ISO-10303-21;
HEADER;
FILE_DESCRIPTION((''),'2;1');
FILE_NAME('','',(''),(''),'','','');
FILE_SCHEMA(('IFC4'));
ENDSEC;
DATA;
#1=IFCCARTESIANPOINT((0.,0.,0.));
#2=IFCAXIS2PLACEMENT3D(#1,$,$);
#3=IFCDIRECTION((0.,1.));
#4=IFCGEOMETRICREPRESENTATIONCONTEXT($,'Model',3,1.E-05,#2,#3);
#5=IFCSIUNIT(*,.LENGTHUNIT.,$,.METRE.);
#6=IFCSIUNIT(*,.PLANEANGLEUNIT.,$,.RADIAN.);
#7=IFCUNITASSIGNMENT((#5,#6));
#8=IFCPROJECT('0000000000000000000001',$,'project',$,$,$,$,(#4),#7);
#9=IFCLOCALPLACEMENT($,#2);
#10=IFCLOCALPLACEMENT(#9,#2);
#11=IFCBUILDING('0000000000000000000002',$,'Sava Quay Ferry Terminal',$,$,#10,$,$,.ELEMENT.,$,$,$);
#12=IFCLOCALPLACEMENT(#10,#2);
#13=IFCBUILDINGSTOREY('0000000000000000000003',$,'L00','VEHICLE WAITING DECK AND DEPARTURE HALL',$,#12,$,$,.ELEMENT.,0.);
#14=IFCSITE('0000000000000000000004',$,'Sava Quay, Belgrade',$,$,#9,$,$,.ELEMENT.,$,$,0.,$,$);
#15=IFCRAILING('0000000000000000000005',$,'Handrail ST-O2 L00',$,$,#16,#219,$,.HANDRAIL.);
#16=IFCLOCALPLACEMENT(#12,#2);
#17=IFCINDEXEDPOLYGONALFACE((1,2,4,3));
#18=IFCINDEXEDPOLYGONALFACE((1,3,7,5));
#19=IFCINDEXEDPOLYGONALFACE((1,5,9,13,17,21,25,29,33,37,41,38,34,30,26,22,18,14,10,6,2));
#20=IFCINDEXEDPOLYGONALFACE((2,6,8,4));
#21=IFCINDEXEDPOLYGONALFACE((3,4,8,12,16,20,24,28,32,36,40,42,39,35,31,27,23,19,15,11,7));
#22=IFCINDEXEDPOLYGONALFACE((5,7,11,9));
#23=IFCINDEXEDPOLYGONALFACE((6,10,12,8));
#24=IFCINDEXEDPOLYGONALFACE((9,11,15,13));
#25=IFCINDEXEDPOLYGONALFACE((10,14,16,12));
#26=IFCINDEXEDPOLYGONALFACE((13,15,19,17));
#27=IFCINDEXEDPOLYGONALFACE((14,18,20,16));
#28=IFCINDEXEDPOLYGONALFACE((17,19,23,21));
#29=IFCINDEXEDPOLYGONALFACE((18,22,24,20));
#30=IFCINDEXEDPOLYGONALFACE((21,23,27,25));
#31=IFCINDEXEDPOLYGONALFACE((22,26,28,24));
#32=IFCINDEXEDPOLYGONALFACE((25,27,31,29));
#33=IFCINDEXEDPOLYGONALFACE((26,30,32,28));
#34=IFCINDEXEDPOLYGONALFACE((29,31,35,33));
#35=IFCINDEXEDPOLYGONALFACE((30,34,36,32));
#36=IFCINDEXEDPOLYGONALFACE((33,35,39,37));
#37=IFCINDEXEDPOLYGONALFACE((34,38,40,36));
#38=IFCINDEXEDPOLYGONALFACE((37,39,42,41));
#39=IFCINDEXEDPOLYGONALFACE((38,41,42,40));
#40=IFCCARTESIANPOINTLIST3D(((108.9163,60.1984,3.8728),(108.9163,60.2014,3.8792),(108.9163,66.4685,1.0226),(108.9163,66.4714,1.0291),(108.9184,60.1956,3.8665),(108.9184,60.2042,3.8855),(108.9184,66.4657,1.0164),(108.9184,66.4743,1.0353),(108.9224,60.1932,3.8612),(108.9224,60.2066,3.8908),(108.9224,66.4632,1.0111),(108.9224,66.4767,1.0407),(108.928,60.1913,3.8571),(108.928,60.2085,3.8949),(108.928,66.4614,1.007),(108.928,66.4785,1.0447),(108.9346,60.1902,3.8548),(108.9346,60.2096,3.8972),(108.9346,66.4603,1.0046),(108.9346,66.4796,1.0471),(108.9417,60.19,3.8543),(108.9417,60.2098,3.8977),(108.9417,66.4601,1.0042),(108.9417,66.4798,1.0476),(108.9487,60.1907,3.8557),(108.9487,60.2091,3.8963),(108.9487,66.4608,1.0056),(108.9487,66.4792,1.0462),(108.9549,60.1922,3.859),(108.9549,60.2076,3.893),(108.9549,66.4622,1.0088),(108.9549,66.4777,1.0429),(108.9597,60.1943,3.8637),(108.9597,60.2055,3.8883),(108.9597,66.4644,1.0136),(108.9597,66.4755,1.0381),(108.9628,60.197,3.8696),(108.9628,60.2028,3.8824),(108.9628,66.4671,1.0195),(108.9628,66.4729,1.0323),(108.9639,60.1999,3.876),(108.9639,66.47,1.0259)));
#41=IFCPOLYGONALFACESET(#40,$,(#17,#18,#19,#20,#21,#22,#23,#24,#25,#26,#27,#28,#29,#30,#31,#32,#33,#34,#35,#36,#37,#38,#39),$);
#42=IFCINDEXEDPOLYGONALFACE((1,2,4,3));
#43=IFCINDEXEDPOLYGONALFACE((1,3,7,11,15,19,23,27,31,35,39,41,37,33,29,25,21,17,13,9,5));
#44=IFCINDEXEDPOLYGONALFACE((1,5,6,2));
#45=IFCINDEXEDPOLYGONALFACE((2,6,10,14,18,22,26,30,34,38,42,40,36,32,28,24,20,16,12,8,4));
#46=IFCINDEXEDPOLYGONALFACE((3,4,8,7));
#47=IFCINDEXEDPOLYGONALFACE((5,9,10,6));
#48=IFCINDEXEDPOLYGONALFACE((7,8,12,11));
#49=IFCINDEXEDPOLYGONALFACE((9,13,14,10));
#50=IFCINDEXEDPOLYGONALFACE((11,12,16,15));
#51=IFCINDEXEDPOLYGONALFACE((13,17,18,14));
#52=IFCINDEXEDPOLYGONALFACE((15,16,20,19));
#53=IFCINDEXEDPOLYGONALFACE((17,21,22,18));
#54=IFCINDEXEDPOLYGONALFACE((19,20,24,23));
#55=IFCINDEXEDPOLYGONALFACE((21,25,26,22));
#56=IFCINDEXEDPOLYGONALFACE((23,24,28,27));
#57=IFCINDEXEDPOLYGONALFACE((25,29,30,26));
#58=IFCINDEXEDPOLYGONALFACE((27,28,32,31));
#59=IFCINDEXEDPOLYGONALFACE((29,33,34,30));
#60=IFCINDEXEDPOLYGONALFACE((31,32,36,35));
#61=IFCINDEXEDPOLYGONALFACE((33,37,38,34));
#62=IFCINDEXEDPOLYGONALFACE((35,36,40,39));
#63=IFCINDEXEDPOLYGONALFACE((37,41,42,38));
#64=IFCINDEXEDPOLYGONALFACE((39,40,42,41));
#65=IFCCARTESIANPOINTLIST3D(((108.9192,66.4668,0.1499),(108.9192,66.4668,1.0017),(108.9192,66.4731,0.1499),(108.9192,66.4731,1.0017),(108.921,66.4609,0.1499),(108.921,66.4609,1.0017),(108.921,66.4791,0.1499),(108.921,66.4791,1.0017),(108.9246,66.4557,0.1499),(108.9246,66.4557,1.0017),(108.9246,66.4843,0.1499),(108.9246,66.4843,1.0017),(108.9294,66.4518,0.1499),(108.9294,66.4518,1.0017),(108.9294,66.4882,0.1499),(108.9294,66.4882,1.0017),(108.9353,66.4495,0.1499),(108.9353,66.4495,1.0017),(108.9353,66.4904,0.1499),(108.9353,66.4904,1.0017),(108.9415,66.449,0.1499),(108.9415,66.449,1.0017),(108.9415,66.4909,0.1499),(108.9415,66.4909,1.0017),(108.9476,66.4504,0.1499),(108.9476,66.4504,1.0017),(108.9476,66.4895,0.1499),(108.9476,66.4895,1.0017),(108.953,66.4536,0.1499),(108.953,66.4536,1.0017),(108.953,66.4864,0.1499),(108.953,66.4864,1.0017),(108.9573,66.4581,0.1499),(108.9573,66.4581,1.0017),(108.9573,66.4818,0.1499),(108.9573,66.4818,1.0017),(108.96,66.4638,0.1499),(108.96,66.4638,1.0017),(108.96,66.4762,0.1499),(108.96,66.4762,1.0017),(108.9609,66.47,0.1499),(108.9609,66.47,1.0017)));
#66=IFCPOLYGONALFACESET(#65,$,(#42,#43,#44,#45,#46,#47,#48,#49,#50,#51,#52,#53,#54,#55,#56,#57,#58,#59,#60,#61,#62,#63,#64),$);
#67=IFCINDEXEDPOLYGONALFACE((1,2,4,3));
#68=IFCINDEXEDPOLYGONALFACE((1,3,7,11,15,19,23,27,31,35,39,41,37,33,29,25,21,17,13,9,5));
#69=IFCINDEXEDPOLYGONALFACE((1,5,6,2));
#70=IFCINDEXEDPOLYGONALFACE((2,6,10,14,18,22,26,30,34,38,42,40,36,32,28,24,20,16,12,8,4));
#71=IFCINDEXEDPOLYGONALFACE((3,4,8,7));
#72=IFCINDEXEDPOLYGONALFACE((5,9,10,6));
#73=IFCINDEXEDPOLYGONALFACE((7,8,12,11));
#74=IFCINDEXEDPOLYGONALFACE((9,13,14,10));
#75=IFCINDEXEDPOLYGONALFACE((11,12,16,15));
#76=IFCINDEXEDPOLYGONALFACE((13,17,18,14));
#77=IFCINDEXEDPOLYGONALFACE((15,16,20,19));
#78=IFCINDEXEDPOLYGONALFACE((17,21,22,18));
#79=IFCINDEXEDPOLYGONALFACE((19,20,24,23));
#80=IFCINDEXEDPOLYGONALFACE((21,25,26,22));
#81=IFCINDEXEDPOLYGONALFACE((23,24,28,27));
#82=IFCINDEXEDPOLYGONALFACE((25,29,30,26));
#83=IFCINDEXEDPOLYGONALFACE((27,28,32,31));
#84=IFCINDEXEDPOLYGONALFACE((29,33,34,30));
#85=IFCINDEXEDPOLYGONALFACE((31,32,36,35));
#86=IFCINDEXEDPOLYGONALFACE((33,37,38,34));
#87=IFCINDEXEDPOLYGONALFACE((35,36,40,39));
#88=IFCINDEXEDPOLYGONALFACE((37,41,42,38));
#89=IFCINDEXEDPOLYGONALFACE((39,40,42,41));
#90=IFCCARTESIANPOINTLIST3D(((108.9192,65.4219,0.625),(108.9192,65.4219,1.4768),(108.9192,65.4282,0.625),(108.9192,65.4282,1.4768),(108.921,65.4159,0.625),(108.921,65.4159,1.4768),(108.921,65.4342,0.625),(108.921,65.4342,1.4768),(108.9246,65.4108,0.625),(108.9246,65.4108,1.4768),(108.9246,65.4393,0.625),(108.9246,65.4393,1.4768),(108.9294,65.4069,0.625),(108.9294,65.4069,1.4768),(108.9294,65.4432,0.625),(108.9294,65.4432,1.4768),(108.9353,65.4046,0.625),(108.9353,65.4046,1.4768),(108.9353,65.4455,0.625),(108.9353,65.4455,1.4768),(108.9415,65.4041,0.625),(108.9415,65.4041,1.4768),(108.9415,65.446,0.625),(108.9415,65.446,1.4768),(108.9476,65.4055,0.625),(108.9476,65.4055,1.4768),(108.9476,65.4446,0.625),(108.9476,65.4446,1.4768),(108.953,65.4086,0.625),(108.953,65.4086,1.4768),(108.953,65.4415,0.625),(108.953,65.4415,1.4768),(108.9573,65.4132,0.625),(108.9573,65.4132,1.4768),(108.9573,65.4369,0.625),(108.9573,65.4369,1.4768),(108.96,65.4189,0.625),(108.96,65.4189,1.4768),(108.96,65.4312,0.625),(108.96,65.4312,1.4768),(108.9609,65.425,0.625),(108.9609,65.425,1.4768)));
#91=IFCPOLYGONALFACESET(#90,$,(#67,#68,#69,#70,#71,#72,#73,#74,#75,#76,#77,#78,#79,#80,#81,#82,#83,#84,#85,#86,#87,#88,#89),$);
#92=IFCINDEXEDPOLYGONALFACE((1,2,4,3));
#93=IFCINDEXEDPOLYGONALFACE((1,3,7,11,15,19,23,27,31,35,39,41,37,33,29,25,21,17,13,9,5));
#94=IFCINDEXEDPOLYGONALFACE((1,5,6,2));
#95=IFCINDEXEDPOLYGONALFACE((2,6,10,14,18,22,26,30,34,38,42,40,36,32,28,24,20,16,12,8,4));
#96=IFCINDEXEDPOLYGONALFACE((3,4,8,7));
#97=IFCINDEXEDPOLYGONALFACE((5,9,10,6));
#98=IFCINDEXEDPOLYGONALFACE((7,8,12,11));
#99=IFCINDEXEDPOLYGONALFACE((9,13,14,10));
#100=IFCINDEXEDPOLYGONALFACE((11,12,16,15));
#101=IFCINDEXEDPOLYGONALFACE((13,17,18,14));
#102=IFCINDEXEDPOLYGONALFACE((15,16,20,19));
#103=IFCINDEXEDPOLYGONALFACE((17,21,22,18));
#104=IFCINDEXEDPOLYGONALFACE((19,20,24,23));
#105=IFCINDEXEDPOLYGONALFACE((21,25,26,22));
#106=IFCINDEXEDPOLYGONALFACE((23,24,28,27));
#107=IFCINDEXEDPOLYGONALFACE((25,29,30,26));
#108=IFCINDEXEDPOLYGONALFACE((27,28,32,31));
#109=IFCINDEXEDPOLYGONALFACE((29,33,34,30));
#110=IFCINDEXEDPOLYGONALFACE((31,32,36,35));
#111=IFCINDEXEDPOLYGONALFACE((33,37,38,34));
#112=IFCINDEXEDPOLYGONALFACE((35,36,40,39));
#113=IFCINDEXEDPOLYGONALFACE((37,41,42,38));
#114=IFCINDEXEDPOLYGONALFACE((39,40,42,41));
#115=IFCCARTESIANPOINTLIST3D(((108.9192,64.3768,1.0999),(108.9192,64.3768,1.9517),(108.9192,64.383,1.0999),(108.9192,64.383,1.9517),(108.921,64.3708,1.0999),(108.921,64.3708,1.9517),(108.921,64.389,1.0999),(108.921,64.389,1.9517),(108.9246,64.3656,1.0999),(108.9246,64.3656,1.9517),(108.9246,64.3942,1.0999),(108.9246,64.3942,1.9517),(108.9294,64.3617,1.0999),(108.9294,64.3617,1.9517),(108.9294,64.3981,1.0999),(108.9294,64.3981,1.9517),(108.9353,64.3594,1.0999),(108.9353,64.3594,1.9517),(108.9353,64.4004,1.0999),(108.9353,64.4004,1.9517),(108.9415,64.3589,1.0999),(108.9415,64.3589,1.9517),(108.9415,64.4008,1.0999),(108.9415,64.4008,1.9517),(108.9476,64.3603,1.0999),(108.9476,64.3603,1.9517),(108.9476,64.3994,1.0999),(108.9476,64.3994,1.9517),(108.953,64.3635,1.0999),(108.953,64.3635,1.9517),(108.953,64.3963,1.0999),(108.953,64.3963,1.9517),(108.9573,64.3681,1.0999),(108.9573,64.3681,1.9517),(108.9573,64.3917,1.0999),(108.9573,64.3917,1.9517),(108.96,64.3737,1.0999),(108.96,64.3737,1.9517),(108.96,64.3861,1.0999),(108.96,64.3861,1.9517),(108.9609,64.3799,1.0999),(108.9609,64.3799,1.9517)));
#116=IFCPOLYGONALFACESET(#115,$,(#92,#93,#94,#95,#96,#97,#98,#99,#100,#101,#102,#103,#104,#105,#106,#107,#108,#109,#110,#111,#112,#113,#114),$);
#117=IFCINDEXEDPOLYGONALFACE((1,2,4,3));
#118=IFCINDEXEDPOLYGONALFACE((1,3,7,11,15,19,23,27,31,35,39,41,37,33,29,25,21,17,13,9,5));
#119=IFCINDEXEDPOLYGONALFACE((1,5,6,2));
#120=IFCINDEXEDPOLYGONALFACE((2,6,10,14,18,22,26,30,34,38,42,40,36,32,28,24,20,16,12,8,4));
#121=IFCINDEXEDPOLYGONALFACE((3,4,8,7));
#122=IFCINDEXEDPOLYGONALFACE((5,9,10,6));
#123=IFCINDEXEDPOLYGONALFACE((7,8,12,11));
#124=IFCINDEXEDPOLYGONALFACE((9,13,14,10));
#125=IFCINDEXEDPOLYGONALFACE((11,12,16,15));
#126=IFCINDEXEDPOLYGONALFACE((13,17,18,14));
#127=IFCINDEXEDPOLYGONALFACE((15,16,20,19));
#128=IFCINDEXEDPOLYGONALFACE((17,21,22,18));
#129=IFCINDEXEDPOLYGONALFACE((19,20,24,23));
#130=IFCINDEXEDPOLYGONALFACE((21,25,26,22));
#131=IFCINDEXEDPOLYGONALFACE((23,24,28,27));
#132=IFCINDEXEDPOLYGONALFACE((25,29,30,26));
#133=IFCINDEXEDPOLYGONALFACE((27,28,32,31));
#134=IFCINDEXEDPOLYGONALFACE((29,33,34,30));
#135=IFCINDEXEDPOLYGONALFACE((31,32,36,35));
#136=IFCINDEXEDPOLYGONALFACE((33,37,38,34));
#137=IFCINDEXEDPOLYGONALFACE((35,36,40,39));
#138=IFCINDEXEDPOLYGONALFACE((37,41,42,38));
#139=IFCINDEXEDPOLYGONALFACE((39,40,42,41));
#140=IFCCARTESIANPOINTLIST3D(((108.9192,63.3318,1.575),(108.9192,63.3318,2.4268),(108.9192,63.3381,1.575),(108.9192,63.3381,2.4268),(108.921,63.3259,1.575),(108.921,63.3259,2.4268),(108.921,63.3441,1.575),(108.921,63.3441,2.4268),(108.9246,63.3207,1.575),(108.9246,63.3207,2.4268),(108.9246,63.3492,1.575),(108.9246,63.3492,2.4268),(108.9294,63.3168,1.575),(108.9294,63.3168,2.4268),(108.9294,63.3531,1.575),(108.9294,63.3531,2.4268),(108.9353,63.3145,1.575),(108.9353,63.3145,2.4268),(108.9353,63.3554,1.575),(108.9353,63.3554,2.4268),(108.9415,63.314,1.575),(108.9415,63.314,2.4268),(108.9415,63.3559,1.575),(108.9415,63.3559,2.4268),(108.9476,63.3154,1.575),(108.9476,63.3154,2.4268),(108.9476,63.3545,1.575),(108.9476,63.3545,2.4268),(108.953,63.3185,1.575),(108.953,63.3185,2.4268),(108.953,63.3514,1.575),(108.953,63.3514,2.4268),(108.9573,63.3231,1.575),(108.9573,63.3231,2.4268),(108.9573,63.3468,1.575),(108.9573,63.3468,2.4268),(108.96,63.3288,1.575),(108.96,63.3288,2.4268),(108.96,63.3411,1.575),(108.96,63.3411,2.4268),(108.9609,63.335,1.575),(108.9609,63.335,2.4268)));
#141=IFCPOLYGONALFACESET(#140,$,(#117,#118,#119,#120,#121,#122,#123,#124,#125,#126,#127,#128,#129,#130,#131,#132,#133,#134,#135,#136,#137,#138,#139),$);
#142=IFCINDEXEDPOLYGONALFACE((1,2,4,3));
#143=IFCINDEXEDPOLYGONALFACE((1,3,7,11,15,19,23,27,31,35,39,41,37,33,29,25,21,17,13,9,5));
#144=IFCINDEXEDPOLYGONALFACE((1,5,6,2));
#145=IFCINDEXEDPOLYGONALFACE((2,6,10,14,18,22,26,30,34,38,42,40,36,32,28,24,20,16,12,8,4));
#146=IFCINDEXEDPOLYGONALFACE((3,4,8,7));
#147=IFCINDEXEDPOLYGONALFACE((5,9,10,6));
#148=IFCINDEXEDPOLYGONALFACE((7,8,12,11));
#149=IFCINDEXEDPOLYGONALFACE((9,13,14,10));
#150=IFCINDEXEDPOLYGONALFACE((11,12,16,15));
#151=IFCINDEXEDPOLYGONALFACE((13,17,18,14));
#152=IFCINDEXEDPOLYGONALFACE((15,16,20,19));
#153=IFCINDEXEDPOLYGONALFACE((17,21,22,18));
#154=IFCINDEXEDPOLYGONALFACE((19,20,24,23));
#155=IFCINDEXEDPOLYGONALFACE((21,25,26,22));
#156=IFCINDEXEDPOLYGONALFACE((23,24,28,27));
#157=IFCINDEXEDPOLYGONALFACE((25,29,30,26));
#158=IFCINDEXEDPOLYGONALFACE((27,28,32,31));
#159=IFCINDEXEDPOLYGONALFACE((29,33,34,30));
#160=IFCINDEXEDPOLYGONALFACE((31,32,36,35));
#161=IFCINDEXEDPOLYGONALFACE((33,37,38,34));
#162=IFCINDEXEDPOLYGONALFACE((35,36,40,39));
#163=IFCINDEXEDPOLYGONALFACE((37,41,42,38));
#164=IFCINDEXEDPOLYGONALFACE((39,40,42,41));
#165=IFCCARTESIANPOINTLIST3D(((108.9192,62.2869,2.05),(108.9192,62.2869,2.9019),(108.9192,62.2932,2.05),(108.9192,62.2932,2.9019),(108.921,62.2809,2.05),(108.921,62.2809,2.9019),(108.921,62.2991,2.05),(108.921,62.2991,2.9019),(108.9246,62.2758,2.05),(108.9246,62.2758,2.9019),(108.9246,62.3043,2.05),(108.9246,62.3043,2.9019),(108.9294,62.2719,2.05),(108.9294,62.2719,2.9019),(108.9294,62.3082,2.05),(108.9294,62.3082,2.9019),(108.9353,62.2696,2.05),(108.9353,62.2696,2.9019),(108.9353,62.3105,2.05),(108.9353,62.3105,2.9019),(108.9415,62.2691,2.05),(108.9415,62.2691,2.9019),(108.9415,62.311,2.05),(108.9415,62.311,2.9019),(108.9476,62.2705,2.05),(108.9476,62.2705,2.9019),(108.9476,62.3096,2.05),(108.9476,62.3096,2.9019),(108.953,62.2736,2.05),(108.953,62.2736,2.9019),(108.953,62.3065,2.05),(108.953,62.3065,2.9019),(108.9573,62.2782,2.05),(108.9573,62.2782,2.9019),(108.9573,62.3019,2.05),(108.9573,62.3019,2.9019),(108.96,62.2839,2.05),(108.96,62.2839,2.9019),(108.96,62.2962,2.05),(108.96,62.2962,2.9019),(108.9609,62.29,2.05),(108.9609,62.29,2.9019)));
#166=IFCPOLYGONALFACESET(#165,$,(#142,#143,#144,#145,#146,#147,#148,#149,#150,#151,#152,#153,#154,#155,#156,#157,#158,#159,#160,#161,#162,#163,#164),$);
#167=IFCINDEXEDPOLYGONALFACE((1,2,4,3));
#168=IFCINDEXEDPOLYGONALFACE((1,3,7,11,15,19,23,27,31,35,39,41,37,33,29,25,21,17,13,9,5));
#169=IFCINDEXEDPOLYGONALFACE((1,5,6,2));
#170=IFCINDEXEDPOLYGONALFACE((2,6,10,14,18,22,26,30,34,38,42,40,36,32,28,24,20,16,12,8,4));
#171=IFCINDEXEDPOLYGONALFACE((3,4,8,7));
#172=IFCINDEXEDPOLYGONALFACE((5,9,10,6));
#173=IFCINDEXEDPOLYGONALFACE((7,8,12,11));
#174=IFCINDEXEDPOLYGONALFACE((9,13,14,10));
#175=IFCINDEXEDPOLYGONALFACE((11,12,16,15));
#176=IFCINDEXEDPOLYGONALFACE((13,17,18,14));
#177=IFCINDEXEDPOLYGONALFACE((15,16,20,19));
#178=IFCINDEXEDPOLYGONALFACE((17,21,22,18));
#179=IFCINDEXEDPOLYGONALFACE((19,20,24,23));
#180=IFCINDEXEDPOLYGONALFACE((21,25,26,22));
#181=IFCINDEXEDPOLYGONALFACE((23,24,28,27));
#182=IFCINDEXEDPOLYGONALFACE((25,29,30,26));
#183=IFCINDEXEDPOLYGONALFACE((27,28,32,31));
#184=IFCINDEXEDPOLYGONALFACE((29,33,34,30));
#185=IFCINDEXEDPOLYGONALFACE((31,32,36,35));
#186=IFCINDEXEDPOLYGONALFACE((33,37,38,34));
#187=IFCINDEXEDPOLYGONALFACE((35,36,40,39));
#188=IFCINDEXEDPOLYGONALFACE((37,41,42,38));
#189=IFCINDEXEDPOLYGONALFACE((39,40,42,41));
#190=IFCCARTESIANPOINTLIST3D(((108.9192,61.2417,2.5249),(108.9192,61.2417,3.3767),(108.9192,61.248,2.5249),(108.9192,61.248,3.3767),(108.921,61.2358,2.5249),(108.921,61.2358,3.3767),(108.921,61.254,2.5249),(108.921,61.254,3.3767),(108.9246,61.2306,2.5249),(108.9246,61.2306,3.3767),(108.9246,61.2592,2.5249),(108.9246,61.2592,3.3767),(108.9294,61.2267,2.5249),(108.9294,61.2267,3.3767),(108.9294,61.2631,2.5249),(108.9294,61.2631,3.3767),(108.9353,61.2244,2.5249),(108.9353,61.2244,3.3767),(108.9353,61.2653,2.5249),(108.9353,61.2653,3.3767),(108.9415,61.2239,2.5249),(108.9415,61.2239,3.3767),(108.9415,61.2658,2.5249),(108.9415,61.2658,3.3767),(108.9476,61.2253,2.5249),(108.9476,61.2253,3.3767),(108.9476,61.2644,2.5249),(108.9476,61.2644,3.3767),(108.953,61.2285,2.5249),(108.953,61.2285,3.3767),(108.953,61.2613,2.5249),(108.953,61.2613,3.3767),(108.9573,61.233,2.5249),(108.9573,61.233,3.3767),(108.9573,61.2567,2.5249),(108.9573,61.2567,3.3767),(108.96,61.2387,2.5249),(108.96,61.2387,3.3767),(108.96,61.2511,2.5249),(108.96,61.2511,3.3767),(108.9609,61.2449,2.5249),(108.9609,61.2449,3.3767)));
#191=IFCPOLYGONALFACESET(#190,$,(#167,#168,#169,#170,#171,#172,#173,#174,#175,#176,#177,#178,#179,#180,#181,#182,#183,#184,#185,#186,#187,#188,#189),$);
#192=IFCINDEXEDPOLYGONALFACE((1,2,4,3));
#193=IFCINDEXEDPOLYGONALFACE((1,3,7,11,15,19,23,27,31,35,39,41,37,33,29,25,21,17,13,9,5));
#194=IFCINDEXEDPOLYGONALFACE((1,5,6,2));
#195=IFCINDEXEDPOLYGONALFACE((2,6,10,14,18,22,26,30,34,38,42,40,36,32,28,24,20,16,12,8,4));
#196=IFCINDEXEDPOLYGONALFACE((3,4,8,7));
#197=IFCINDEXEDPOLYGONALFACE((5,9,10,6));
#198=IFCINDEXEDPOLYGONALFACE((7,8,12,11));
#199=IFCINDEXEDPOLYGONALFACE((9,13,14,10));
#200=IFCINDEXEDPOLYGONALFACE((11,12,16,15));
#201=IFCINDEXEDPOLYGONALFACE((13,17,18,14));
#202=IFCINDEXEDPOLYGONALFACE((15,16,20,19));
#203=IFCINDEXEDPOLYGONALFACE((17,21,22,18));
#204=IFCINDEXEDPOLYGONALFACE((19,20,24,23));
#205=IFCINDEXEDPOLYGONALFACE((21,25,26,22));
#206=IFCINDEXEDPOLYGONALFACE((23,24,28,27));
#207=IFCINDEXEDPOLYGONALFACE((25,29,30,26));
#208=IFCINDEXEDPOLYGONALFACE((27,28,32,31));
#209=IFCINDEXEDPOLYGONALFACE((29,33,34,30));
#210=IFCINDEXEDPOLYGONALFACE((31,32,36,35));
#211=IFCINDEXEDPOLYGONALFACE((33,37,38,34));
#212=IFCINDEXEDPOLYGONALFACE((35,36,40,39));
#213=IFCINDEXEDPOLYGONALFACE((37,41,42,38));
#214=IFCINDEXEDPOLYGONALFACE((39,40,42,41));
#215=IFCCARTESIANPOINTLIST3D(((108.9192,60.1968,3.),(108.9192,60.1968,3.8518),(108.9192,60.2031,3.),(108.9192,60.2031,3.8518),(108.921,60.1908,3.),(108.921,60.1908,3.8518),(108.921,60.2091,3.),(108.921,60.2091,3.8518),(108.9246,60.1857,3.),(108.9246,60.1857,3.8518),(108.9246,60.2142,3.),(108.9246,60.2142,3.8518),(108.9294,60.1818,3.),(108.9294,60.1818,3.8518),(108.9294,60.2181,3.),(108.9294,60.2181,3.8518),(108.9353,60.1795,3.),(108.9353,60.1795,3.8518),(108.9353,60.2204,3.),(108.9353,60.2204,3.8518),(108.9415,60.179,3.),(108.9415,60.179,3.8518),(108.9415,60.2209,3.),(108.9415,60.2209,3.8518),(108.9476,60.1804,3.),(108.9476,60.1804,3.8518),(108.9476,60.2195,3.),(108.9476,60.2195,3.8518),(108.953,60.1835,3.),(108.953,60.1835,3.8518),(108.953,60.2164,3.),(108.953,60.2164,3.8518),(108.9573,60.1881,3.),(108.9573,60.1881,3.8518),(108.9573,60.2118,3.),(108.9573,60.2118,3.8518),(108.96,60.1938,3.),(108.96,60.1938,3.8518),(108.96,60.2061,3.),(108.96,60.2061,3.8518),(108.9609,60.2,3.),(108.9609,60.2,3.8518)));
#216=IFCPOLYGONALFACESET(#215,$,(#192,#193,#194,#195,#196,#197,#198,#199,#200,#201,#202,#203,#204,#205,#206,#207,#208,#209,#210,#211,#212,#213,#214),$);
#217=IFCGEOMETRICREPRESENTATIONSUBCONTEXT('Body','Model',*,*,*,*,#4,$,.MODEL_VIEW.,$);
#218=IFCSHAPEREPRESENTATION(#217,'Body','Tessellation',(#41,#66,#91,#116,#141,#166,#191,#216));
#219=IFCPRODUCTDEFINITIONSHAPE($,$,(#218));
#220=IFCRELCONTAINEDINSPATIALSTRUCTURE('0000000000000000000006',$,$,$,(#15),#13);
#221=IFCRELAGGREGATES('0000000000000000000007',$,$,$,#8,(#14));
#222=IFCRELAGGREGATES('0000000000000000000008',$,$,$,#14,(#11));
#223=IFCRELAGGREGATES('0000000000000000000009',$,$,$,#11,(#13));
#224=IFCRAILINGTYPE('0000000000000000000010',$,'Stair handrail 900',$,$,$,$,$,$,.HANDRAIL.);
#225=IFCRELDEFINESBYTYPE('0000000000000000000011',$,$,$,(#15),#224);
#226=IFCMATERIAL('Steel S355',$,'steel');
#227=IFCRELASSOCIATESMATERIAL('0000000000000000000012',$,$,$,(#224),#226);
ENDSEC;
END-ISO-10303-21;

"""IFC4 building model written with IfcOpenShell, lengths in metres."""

from ifc_helpers import new_model, si_unit, direction, frame, origin, origin_2d, place, context, subcontext, project, spatial, circle, extrude, material, type_object, element, save


model = new_model("IFC4")

# Units and contexts
model_context = context("Model", 3, precision=1e-05, world=origin(), true_north=direction((0.0, 1.0)))
body_context = subcontext(model_context, "Body", "Model", "MODEL_VIEW")
ifc_project = project(units=[si_unit("LENGTHUNIT", "METRE"), si_unit("PLANEANGLEUNIT", "RADIAN")], contexts=[model_context])

# Site, building, storey
site_placement = place(None, origin())
site = spatial("IfcSite", under=ifc_project, at=site_placement, Name="Sava Quay, Belgrade", CompositionType="ELEMENT", RefElevation=0.0)
building_placement = place(site_placement, origin())
building = spatial("IfcBuilding", under=site, at=building_placement, Name="Sava Quay Ferry Terminal", CompositionType="ELEMENT")
storey_placement = place(building_placement, origin())
storey = spatial("IfcBuildingStorey", under=building, at=storey_placement, Name="L00", Description="VEHICLE WAITING DECK AND DEPARTURE HALL", CompositionType="ELEMENT", Elevation=0.0)

# Railing
ifc_material_1 = material(Name="Steel S355", Category="steel")
railing_type = type_object("IfcRailingType", Name="Stair handrail 900", PredefinedType="HANDRAIL", material=ifc_material_1)
railing_placement = place(storey_placement, frame((108.9399, 66.47, 0.1499)))
element("IfcRailing", 1, at=railing_placement, inside=storey, type_object=railing_type, Name="Handrail ST-O2 L00", PredefinedType="HANDRAIL", context=body_context, shape_type="SweptSolid", body=[
    extrude(circle(Radius=0.0239, at=origin_2d()), frame((0.0, 0.0, 0.876), z_axis=(0.0, -0.910362, 0.413814), x_axis=(1.0, 0.0, 0.0)), (0.0, 0.0, 1.0), 6.8875),
    extrude(circle(Radius=0.021, at=origin_2d()), origin(), (0.0, 0.0, 1.0), 0.8518),
    extrude(circle(Radius=0.021, at=origin_2d()), frame((0.0, -1.0449, 0.4751)), (0.0, 0.0, 1.0), 0.8518),
    extrude(circle(Radius=0.021, at=origin_2d()), frame((0.0, -2.0901, 0.95)), (0.0, 0.0, 1.0), 0.8518),
    extrude(circle(Radius=0.021, at=origin_2d()), frame((0.0, -3.135, 1.425)), (0.0, 0.0, 1.0), 0.8518),
    extrude(circle(Radius=0.021, at=origin_2d()), frame((0.0, -4.1799, 1.9001)), (0.0, 0.0, 1.0), 0.8518),
    extrude(circle(Radius=0.021, at=origin_2d()), frame((0.0, -5.2251, 2.375)), (0.0, 0.0, 1.0), 0.8518),
    extrude(circle(Radius=0.021, at=origin_2d()), frame((0.0, -6.27, 2.8501)), (0.0, 0.0, 1.0), 0.8518),
])

save(model, "model.ifc")
